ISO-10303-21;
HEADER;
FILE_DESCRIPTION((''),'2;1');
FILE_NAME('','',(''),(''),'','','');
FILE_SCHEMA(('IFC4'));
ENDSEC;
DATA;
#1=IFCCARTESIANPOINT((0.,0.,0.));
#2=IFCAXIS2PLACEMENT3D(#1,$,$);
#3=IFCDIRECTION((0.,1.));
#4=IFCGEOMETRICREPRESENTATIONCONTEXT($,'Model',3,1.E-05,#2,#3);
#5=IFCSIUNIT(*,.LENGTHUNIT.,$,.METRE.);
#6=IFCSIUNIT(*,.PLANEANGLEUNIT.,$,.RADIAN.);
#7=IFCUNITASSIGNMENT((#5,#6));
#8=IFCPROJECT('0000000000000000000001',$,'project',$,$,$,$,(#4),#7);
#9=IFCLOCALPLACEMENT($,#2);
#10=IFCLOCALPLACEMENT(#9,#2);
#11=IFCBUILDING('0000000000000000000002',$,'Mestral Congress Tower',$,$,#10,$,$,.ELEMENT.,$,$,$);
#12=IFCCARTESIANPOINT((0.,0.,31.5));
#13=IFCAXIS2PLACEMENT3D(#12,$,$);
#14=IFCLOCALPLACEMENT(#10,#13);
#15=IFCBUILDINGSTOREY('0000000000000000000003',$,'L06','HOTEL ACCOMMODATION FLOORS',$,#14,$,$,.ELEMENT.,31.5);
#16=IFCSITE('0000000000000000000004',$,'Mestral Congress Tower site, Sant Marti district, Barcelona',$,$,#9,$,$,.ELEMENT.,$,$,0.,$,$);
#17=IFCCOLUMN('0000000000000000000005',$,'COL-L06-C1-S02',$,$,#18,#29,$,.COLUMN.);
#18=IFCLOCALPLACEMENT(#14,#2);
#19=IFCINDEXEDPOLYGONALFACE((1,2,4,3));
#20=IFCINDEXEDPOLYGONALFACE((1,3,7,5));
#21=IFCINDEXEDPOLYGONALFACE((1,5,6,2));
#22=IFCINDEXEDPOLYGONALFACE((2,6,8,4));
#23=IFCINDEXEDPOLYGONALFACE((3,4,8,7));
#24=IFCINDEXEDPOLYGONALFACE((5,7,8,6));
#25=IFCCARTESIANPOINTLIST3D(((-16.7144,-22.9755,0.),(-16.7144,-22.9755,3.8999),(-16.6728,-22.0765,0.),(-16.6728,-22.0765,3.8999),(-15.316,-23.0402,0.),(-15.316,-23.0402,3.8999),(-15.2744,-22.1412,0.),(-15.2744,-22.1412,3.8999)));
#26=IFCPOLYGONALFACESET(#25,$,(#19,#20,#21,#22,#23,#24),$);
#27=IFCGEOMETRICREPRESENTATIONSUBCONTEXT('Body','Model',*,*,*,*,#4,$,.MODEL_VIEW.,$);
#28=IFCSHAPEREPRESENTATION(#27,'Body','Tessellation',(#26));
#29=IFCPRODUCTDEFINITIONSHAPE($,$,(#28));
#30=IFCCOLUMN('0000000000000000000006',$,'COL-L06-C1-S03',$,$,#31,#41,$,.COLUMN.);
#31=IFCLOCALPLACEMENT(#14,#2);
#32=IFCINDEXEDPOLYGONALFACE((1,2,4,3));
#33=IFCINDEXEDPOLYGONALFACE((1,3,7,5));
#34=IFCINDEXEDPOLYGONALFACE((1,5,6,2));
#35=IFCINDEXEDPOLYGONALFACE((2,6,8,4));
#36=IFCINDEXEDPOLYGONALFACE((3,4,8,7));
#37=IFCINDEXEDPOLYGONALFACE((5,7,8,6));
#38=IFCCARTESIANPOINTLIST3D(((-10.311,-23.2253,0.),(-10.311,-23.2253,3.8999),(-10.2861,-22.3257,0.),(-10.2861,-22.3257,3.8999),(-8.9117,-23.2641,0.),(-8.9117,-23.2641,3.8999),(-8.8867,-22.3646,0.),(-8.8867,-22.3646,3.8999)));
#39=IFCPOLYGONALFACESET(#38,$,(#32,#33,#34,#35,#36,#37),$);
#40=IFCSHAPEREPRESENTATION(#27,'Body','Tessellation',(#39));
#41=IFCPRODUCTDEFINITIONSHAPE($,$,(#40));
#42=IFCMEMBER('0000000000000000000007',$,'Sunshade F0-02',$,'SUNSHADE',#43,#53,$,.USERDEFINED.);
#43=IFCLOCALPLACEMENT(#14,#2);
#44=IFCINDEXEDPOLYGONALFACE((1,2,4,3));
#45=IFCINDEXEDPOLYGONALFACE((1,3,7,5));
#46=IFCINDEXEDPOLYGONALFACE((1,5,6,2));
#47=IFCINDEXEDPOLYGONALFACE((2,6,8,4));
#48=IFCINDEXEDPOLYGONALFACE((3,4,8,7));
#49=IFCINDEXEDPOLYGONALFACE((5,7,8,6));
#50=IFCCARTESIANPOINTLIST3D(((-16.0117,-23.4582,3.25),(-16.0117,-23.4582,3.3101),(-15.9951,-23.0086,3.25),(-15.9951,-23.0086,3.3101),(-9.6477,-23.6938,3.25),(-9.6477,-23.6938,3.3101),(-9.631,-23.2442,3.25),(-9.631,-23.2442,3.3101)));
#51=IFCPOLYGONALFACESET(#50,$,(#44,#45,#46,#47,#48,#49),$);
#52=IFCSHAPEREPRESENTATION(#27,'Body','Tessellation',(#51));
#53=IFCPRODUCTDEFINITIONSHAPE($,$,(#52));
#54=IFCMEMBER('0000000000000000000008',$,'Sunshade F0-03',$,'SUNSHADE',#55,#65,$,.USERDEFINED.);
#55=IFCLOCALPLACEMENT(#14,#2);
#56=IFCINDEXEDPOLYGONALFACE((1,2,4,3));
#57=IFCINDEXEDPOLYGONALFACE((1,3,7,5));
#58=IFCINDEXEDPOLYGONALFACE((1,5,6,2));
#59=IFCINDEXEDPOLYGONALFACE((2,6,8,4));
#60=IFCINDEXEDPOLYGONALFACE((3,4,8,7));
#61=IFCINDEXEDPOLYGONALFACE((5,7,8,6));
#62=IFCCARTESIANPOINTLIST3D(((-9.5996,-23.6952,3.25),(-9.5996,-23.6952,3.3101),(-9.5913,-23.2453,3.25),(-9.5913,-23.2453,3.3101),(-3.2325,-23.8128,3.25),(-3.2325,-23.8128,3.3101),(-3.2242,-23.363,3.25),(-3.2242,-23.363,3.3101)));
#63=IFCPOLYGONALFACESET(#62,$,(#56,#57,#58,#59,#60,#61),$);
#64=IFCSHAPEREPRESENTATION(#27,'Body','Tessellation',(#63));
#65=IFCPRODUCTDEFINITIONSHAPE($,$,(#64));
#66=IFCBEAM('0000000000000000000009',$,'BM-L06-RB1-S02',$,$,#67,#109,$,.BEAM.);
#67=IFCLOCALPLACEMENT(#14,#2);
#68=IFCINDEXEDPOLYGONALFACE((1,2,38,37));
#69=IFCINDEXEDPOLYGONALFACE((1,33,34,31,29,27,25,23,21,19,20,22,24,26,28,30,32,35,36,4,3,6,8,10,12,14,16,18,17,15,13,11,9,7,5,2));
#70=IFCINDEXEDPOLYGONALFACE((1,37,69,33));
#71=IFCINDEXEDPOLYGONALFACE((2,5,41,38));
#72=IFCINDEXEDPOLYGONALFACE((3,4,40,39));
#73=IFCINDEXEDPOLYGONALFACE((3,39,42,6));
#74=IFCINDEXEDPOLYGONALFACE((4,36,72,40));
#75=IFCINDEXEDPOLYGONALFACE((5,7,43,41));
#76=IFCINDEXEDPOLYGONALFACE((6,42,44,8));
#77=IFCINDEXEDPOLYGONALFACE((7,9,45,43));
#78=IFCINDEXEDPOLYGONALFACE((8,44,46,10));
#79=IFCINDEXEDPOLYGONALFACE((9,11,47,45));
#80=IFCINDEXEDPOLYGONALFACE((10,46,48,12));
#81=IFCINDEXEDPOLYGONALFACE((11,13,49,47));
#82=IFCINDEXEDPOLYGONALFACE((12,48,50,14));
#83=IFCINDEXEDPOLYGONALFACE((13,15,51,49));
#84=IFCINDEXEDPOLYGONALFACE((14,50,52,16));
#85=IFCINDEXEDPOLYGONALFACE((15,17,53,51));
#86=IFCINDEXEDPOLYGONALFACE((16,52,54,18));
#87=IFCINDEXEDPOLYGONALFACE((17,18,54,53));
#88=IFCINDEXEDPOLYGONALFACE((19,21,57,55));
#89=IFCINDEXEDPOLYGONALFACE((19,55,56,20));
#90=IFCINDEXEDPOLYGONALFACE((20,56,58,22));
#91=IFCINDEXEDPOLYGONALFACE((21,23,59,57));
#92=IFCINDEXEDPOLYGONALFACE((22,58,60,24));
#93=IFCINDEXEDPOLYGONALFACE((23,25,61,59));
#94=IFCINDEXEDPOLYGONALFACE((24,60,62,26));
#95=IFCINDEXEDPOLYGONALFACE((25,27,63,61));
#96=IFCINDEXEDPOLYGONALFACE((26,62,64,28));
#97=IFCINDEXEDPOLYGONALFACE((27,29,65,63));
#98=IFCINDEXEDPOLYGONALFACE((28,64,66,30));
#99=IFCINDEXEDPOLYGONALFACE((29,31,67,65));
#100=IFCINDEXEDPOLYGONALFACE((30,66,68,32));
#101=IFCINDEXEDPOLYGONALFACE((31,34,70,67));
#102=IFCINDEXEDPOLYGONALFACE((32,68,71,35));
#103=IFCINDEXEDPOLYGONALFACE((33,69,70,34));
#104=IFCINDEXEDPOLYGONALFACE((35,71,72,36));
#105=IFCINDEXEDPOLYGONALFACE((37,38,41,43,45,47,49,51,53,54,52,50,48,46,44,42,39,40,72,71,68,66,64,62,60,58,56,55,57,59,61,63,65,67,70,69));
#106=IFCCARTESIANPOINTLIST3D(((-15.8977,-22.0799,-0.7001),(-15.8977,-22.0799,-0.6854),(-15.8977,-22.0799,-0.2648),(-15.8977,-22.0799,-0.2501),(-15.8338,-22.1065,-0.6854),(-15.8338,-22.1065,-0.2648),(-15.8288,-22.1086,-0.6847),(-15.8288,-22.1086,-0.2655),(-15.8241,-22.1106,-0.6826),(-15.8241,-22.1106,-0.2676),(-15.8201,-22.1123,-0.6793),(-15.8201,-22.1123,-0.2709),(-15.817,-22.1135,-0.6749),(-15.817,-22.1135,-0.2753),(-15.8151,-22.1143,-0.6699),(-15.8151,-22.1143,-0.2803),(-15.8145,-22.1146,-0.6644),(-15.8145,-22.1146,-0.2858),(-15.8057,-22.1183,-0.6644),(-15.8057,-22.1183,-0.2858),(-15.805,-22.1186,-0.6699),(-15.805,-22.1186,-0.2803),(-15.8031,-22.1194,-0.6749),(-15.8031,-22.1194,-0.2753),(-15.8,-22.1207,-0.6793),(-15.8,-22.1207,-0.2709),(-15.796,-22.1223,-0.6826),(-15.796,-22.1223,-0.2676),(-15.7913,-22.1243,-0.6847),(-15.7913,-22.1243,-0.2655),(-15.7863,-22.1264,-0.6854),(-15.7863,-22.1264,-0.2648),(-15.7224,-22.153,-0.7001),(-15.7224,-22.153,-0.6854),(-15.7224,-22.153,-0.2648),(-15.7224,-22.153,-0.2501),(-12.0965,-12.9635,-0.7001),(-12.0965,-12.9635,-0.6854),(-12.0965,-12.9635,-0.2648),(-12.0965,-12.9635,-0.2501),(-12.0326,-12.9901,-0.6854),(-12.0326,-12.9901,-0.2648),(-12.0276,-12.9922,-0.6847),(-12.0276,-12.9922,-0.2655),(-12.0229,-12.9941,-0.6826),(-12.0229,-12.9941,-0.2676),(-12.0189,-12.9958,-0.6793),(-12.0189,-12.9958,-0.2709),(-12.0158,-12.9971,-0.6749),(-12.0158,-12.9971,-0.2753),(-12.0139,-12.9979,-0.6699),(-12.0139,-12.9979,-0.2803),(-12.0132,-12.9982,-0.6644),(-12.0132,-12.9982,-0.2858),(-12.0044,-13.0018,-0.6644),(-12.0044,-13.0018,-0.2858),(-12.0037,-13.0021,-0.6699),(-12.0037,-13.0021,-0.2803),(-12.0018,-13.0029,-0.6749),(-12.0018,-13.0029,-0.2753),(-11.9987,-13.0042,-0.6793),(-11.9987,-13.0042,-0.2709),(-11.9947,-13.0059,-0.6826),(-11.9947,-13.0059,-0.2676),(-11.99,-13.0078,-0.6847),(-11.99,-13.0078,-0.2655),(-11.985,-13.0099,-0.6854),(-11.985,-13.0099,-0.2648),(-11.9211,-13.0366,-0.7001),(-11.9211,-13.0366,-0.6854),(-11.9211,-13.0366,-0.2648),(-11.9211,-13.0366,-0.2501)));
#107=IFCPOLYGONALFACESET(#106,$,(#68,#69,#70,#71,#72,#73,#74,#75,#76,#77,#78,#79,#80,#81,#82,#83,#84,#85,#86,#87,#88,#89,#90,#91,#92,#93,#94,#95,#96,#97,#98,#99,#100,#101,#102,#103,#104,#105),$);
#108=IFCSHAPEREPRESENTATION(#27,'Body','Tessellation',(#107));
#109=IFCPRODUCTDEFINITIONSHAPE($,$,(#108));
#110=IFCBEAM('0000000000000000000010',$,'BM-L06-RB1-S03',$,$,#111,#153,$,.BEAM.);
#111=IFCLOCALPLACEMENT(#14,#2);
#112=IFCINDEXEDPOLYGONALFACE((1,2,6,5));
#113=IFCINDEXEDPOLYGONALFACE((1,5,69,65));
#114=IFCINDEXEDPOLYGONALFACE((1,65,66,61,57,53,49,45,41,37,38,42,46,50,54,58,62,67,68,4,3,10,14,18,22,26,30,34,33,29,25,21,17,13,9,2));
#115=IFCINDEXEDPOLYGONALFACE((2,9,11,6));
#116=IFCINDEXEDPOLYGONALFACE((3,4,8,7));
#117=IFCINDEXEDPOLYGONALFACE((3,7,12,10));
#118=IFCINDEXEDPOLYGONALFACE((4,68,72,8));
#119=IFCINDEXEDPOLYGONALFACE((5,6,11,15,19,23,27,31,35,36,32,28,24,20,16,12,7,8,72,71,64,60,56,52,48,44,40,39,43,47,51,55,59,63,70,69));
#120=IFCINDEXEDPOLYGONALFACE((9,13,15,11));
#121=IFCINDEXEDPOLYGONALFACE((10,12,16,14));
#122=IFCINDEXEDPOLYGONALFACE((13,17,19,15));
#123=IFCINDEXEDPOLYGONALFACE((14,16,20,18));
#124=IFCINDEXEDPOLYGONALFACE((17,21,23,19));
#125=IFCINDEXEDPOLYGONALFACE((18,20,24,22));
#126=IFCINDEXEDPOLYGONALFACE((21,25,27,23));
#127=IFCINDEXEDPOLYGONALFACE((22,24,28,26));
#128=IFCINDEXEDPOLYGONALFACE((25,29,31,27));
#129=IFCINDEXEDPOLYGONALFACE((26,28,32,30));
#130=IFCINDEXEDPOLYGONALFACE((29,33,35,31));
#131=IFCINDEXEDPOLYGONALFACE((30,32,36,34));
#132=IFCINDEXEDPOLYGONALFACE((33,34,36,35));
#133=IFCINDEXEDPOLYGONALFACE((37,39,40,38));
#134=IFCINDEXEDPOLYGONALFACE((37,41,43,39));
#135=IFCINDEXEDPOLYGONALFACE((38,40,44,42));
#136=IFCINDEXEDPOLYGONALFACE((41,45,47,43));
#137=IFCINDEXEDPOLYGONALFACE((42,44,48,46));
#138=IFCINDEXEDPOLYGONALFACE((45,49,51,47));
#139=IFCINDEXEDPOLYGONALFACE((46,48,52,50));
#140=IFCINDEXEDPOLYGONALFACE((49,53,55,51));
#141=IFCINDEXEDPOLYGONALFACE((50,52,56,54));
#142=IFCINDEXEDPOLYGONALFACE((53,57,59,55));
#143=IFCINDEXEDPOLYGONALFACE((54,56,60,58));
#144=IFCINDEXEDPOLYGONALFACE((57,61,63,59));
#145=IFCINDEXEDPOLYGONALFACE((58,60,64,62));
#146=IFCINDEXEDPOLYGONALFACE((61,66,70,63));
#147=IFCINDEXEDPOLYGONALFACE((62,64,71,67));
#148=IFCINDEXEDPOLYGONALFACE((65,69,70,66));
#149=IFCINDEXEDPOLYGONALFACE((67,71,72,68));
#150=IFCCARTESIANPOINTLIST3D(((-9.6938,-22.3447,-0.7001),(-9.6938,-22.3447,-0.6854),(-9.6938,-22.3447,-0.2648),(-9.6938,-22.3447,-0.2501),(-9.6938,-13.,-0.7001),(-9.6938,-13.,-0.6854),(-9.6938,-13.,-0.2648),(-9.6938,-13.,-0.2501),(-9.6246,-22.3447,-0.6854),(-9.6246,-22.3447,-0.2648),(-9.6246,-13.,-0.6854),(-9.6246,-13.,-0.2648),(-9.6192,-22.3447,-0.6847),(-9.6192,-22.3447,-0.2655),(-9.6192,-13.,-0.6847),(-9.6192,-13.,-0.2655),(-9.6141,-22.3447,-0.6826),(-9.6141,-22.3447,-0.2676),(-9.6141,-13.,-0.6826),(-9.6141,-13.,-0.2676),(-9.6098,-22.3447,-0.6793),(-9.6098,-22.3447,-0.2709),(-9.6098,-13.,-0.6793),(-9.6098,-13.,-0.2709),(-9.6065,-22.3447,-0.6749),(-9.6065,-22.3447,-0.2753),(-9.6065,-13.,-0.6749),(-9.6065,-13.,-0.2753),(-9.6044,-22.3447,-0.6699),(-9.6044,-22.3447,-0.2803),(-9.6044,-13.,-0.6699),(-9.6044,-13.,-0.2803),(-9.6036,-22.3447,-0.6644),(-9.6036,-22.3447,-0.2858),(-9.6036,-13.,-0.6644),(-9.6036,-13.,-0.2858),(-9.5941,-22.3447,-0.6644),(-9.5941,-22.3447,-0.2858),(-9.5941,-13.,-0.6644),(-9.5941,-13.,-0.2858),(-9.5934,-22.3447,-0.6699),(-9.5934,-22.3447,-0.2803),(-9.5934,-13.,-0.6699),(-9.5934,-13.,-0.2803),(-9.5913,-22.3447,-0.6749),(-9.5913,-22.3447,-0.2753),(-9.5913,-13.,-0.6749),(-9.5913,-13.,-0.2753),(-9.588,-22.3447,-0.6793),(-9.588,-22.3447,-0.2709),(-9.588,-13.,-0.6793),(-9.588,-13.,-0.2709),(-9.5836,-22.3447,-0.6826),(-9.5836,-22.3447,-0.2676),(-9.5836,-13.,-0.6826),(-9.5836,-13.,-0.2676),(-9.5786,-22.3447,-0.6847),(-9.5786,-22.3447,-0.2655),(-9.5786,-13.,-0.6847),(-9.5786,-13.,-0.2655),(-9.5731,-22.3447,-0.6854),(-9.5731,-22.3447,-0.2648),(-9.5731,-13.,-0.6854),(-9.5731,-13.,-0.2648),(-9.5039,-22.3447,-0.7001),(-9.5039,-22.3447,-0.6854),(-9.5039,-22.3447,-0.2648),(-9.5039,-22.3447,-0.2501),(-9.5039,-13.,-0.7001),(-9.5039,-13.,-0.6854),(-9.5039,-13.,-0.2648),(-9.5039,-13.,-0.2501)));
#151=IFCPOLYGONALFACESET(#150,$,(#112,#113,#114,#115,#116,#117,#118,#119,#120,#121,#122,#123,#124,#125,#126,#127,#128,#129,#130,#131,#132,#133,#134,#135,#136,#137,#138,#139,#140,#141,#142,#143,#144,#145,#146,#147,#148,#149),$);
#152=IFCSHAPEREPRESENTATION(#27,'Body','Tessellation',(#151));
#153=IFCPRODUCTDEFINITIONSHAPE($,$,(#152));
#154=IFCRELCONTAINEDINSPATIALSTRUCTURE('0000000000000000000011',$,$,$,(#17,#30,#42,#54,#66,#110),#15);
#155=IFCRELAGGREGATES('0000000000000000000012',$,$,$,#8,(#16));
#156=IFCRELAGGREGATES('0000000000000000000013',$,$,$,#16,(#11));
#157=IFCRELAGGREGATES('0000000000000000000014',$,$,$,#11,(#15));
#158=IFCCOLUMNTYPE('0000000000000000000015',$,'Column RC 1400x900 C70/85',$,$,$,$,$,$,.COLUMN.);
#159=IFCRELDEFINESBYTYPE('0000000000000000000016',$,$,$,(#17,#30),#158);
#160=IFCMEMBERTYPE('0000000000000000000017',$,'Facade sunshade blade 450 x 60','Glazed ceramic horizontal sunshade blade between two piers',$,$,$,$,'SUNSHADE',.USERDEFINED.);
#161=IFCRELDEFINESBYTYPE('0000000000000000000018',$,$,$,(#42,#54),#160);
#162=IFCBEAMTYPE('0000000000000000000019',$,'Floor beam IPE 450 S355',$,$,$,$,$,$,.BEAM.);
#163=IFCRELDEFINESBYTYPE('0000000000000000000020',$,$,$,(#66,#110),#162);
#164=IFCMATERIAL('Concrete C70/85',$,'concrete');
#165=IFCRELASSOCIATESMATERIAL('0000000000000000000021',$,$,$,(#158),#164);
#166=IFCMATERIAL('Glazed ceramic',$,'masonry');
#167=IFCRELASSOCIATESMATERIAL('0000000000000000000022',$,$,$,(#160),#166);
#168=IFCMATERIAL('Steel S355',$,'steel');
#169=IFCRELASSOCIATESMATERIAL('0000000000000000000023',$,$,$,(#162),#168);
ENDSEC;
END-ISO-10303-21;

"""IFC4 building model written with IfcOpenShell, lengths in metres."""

from ifc_helpers import new_model, si_unit, direction, frame, origin, origin_2d, place, context, subcontext, project, spatial, rectangle, i_section, extrude, material, material_profile, profile_set, type_object, element, save


model = new_model("IFC4")

# Units and contexts
model_context = context("Model", 3, precision=1e-05, world=origin(), true_north=direction((0.0, 1.0)))
body_context = subcontext(model_context, "Body", "Model", "MODEL_VIEW")
ifc_project = project(units=[si_unit("LENGTHUNIT", "METRE"), si_unit("PLANEANGLEUNIT", "RADIAN")], contexts=[model_context])

# Site, building, storey
site_placement = place(None, origin())
site = spatial("IfcSite", under=ifc_project, at=site_placement, Name="Mestral Congress Tower site, Sant Marti district, Barcelona", CompositionType="ELEMENT", RefElevation=0.0)
building_placement = place(site_placement, origin())
building = spatial("IfcBuilding", under=site, at=building_placement, Name="Mestral Congress Tower", CompositionType="ELEMENT")
storey_placement = place(building_placement, frame((0.0, 0.0, 31.5)))
storey = spatial("IfcBuildingStorey", under=building, at=storey_placement, Name="L06", Description="HOTEL ACCOMMODATION FLOORS", CompositionType="ELEMENT", Elevation=31.5)

# Columns
ifc_material_1 = material(Name="Concrete C70/85", Category="concrete")
ifc_material_profile_1 = material_profile(ifc_material_1, rectangle(XDim=1.3999, YDim=0.8999, at=origin_2d()), Name="RC 1400x900")
ifc_profile_set_1 = profile_set([ifc_material_profile_1], Name="Concrete C70/85")
column_type = type_object("IfcColumnType", Name="Column RC 1400x900 C70/85", PredefinedType="COLUMN", material=ifc_profile_set_1)
for number, where, z_axis, x_axis, name in (
    (1, (-15.9944, -22.5583, 0.0), (0.0, 0.0, 1.0), (0.998932, -0.0462, 0.0), "COL-L06-C1-S02"),
    (2, (-9.5989, -22.7949, 0.0), (0.0, 0.0, 1.0), (0.999616, -0.027726, 0.0), "COL-L06-C1-S03"),
):
    element("IfcColumn", number, at=place(storey_placement, frame(where, z_axis=z_axis, x_axis=x_axis)), inside=storey, type_object=column_type, Name=name, PredefinedType="COLUMN", context=body_context, shape_type="SweptSolid", body=[
        extrude(rectangle(XDim=1.3999, YDim=0.8999, at=origin_2d()), origin(), (0.0, 0.0, 1.0), 3.8999),
    ])

# Members
ifc_material_2 = material(Name="Glazed ceramic", Category="masonry")
ifc_material_profile_2 = material_profile(ifc_material_2, rectangle(XDim=0.45, YDim=0.0601, at=origin_2d()), Name="Ceramic blade 450 x 60")
ifc_profile_set_2 = profile_set([ifc_material_profile_2], Name="Glazed ceramic")
member_type = type_object("IfcMemberType", Name="Facade sunshade blade 450 x 60", Description="Glazed ceramic horizontal sunshade blade between two piers", ElementType="SUNSHADE", PredefinedType="USERDEFINED", material=ifc_profile_set_2)
member_1_placement = place(storey_placement, frame((-16.0034, -23.2334, 3.28), z_axis=(0.999315, -0.036995, 0.0), x_axis=(0.036995, 0.999315, 0.0)))
element("IfcMember", 3, at=member_1_placement, inside=storey, type_object=member_type, Name="Sunshade F0-02", ObjectType="SUNSHADE", PredefinedType="USERDEFINED", context=body_context, shape_type="SweptSolid", body=[
    extrude(rectangle(XDim=0.45, YDim=0.0601, at=origin_2d()), origin(), (0.0, 0.0, 1.0), 6.3684),
])
member_2_placement = place(storey_placement, frame((-9.5955, -23.4702, 3.28), z_axis=(0.999829, -0.018478, 0.0), x_axis=(0.018478, 0.999829, 0.0)))
element("IfcMember", 4, at=member_2_placement, inside=storey, type_object=member_type, Name="Sunshade F0-03", ObjectType="SUNSHADE", PredefinedType="USERDEFINED", context=body_context, shape_type="SweptSolid", body=[
    extrude(rectangle(XDim=0.45, YDim=0.0601, at=origin_2d()), origin(), (0.0, 0.0, 1.0), 6.3682),
])

# Beams
ifc_material_3 = material(Name="Steel S355", Category="steel")
ifc_material_profile_3 = material_profile(ifc_material_3, i_section(OverallWidth=0.1899, OverallDepth=0.45, WebThickness=0.0095, FlangeThickness=0.0146, FilletRadius=0.021, at=origin_2d()), Name="IPE 450")
ifc_profile_set_3 = profile_set([ifc_material_profile_3], Name="Steel S355")
beam_type_1 = type_object("IfcBeamType", Name="Floor beam IPE 450 S355", PredefinedType="BEAM", material=ifc_profile_set_3)
beam_1_placement = place(storey_placement, frame((-15.8101, -22.1165, -0.4751), z_axis=(0.384852, 0.922978, 0.0), x_axis=(-0.922978, 0.384852, 0.0)))
element("IfcBeam", 5, at=beam_1_placement, inside=storey, type_object=beam_type_1, Name="BM-L06-RB1-S02", PredefinedType="BEAM", context=body_context, shape_type="SweptSolid", body=[
    extrude(i_section(OverallWidth=0.1899, OverallDepth=0.45, WebThickness=0.0095, FlangeThickness=0.0146, FilletRadius=0.021, at=origin_2d()), origin(), (0.0, 0.0, 1.0), 9.8772),
])
beam_2_placement = place(storey_placement, frame((-9.5989, -22.3447, -0.4751), z_axis=(0.0, 1.0, 0.0), x_axis=(-1.0, 0.0, 0.0)))
element("IfcBeam", 6, at=beam_2_placement, inside=storey, type_object=beam_type_1, Name="BM-L06-RB1-S03", PredefinedType="BEAM", context=body_context, shape_type="SweptSolid", body=[
    extrude(i_section(OverallWidth=0.1899, OverallDepth=0.45, WebThickness=0.0095, FlangeThickness=0.0146, FilletRadius=0.021, at=origin_2d()), origin(), (0.0, 0.0, 1.0), 9.3447),
])

save(model, "model.ifc")
